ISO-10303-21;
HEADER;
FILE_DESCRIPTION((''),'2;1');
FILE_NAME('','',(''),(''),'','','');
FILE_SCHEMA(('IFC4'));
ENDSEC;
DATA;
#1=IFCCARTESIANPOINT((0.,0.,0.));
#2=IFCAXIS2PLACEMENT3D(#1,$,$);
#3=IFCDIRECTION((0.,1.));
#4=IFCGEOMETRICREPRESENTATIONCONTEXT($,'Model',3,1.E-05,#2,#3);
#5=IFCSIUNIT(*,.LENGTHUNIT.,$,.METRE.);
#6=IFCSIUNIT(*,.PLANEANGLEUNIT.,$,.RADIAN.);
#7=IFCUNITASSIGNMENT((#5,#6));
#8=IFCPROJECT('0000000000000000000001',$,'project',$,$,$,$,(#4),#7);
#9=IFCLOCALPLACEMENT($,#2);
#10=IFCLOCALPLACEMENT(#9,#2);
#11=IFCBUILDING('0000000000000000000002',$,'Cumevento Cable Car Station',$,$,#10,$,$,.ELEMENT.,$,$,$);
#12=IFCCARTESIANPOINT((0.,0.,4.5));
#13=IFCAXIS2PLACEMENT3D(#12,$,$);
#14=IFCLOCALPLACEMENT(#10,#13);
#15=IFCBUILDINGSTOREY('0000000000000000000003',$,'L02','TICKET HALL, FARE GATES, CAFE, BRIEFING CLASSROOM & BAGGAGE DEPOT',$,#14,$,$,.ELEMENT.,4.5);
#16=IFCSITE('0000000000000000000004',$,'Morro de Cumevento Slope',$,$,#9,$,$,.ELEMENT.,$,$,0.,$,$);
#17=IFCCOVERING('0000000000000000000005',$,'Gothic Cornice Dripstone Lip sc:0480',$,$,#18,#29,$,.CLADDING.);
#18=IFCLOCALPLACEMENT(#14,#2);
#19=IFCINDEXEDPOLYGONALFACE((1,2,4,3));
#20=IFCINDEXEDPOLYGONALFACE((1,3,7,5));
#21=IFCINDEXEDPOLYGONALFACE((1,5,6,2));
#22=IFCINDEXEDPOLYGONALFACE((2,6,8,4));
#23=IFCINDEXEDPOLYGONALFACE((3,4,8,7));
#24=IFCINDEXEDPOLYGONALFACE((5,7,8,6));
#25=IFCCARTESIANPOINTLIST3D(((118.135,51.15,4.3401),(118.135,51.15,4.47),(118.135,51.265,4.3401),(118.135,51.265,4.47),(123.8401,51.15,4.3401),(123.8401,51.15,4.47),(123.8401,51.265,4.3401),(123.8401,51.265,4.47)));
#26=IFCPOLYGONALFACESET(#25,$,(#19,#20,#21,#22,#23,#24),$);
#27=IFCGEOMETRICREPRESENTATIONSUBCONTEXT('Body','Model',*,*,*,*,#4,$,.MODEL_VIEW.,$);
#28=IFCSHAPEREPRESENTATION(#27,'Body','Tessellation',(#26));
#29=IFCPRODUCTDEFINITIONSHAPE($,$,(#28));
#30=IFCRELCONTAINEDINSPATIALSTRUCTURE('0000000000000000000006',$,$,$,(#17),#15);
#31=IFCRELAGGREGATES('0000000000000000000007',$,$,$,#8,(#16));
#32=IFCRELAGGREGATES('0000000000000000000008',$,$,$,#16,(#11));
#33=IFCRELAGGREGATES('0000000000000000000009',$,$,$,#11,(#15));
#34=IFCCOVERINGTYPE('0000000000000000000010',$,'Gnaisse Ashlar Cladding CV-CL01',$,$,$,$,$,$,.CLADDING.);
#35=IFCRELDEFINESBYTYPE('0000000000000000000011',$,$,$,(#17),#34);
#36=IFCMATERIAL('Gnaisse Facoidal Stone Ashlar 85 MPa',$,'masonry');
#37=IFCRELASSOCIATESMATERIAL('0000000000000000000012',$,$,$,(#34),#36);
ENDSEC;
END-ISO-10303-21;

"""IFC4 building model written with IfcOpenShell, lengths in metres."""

from ifc_helpers import new_model, si_unit, direction, frame, origin, origin_2d, place, context, subcontext, project, spatial, rectangle, extrude, material, type_object, element, save


model = new_model("IFC4")

# Units and contexts
model_context = context("Model", 3, precision=1e-05, world=origin(), true_north=direction((0.0, 1.0)))
body_context = subcontext(model_context, "Body", "Model", "MODEL_VIEW")
ifc_project = project(units=[si_unit("LENGTHUNIT", "METRE"), si_unit("PLANEANGLEUNIT", "RADIAN")], contexts=[model_context])

# Site, building, storey
site_placement = place(None, origin())
site = spatial("IfcSite", under=ifc_project, at=site_placement, Name="Morro de Cumevento Slope", CompositionType="ELEMENT", RefElevation=0.0)
building_placement = place(site_placement, origin())
building = spatial("IfcBuilding", under=site, at=building_placement, Name="Cumevento Cable Car Station", CompositionType="ELEMENT")
storey_placement = place(building_placement, frame((0.0, 0.0, 4.5)))
storey = spatial("IfcBuildingStorey", under=building, at=storey_placement, Name="L02", Description="TICKET HALL, FARE GATES, CAFE, BRIEFING CLASSROOM & BAGGAGE DEPOT", CompositionType="ELEMENT", Elevation=4.5)

# Covering
ifc_material_1 = material(Name="Gnaisse Facoidal Stone Ashlar 85 MPa", Category="masonry")
covering_type = type_object("IfcCoveringType", Name="Gnaisse Ashlar Cladding CV-CL01", PredefinedType="CLADDING", material=ifc_material_1)
covering_1_placement = place(storey_placement, frame((120.9875, 51.2075, 4.3401), z_axis=(0.0, 0.0, 1.0), x_axis=(1.0, 0.0, 0.0)))
element("IfcCovering", 1, at=covering_1_placement, inside=storey, type_object=covering_type, Name="Gothic Cornice Dripstone Lip sc:0480", PredefinedType="CLADDING", context=body_context, shape_type="SweptSolid", body=[
    extrude(rectangle(XDim=5.7051, YDim=0.115, at=origin_2d()), origin(), (0.0, 0.0, 1.0), 0.1299),
])

save(model, "model.ifc")
